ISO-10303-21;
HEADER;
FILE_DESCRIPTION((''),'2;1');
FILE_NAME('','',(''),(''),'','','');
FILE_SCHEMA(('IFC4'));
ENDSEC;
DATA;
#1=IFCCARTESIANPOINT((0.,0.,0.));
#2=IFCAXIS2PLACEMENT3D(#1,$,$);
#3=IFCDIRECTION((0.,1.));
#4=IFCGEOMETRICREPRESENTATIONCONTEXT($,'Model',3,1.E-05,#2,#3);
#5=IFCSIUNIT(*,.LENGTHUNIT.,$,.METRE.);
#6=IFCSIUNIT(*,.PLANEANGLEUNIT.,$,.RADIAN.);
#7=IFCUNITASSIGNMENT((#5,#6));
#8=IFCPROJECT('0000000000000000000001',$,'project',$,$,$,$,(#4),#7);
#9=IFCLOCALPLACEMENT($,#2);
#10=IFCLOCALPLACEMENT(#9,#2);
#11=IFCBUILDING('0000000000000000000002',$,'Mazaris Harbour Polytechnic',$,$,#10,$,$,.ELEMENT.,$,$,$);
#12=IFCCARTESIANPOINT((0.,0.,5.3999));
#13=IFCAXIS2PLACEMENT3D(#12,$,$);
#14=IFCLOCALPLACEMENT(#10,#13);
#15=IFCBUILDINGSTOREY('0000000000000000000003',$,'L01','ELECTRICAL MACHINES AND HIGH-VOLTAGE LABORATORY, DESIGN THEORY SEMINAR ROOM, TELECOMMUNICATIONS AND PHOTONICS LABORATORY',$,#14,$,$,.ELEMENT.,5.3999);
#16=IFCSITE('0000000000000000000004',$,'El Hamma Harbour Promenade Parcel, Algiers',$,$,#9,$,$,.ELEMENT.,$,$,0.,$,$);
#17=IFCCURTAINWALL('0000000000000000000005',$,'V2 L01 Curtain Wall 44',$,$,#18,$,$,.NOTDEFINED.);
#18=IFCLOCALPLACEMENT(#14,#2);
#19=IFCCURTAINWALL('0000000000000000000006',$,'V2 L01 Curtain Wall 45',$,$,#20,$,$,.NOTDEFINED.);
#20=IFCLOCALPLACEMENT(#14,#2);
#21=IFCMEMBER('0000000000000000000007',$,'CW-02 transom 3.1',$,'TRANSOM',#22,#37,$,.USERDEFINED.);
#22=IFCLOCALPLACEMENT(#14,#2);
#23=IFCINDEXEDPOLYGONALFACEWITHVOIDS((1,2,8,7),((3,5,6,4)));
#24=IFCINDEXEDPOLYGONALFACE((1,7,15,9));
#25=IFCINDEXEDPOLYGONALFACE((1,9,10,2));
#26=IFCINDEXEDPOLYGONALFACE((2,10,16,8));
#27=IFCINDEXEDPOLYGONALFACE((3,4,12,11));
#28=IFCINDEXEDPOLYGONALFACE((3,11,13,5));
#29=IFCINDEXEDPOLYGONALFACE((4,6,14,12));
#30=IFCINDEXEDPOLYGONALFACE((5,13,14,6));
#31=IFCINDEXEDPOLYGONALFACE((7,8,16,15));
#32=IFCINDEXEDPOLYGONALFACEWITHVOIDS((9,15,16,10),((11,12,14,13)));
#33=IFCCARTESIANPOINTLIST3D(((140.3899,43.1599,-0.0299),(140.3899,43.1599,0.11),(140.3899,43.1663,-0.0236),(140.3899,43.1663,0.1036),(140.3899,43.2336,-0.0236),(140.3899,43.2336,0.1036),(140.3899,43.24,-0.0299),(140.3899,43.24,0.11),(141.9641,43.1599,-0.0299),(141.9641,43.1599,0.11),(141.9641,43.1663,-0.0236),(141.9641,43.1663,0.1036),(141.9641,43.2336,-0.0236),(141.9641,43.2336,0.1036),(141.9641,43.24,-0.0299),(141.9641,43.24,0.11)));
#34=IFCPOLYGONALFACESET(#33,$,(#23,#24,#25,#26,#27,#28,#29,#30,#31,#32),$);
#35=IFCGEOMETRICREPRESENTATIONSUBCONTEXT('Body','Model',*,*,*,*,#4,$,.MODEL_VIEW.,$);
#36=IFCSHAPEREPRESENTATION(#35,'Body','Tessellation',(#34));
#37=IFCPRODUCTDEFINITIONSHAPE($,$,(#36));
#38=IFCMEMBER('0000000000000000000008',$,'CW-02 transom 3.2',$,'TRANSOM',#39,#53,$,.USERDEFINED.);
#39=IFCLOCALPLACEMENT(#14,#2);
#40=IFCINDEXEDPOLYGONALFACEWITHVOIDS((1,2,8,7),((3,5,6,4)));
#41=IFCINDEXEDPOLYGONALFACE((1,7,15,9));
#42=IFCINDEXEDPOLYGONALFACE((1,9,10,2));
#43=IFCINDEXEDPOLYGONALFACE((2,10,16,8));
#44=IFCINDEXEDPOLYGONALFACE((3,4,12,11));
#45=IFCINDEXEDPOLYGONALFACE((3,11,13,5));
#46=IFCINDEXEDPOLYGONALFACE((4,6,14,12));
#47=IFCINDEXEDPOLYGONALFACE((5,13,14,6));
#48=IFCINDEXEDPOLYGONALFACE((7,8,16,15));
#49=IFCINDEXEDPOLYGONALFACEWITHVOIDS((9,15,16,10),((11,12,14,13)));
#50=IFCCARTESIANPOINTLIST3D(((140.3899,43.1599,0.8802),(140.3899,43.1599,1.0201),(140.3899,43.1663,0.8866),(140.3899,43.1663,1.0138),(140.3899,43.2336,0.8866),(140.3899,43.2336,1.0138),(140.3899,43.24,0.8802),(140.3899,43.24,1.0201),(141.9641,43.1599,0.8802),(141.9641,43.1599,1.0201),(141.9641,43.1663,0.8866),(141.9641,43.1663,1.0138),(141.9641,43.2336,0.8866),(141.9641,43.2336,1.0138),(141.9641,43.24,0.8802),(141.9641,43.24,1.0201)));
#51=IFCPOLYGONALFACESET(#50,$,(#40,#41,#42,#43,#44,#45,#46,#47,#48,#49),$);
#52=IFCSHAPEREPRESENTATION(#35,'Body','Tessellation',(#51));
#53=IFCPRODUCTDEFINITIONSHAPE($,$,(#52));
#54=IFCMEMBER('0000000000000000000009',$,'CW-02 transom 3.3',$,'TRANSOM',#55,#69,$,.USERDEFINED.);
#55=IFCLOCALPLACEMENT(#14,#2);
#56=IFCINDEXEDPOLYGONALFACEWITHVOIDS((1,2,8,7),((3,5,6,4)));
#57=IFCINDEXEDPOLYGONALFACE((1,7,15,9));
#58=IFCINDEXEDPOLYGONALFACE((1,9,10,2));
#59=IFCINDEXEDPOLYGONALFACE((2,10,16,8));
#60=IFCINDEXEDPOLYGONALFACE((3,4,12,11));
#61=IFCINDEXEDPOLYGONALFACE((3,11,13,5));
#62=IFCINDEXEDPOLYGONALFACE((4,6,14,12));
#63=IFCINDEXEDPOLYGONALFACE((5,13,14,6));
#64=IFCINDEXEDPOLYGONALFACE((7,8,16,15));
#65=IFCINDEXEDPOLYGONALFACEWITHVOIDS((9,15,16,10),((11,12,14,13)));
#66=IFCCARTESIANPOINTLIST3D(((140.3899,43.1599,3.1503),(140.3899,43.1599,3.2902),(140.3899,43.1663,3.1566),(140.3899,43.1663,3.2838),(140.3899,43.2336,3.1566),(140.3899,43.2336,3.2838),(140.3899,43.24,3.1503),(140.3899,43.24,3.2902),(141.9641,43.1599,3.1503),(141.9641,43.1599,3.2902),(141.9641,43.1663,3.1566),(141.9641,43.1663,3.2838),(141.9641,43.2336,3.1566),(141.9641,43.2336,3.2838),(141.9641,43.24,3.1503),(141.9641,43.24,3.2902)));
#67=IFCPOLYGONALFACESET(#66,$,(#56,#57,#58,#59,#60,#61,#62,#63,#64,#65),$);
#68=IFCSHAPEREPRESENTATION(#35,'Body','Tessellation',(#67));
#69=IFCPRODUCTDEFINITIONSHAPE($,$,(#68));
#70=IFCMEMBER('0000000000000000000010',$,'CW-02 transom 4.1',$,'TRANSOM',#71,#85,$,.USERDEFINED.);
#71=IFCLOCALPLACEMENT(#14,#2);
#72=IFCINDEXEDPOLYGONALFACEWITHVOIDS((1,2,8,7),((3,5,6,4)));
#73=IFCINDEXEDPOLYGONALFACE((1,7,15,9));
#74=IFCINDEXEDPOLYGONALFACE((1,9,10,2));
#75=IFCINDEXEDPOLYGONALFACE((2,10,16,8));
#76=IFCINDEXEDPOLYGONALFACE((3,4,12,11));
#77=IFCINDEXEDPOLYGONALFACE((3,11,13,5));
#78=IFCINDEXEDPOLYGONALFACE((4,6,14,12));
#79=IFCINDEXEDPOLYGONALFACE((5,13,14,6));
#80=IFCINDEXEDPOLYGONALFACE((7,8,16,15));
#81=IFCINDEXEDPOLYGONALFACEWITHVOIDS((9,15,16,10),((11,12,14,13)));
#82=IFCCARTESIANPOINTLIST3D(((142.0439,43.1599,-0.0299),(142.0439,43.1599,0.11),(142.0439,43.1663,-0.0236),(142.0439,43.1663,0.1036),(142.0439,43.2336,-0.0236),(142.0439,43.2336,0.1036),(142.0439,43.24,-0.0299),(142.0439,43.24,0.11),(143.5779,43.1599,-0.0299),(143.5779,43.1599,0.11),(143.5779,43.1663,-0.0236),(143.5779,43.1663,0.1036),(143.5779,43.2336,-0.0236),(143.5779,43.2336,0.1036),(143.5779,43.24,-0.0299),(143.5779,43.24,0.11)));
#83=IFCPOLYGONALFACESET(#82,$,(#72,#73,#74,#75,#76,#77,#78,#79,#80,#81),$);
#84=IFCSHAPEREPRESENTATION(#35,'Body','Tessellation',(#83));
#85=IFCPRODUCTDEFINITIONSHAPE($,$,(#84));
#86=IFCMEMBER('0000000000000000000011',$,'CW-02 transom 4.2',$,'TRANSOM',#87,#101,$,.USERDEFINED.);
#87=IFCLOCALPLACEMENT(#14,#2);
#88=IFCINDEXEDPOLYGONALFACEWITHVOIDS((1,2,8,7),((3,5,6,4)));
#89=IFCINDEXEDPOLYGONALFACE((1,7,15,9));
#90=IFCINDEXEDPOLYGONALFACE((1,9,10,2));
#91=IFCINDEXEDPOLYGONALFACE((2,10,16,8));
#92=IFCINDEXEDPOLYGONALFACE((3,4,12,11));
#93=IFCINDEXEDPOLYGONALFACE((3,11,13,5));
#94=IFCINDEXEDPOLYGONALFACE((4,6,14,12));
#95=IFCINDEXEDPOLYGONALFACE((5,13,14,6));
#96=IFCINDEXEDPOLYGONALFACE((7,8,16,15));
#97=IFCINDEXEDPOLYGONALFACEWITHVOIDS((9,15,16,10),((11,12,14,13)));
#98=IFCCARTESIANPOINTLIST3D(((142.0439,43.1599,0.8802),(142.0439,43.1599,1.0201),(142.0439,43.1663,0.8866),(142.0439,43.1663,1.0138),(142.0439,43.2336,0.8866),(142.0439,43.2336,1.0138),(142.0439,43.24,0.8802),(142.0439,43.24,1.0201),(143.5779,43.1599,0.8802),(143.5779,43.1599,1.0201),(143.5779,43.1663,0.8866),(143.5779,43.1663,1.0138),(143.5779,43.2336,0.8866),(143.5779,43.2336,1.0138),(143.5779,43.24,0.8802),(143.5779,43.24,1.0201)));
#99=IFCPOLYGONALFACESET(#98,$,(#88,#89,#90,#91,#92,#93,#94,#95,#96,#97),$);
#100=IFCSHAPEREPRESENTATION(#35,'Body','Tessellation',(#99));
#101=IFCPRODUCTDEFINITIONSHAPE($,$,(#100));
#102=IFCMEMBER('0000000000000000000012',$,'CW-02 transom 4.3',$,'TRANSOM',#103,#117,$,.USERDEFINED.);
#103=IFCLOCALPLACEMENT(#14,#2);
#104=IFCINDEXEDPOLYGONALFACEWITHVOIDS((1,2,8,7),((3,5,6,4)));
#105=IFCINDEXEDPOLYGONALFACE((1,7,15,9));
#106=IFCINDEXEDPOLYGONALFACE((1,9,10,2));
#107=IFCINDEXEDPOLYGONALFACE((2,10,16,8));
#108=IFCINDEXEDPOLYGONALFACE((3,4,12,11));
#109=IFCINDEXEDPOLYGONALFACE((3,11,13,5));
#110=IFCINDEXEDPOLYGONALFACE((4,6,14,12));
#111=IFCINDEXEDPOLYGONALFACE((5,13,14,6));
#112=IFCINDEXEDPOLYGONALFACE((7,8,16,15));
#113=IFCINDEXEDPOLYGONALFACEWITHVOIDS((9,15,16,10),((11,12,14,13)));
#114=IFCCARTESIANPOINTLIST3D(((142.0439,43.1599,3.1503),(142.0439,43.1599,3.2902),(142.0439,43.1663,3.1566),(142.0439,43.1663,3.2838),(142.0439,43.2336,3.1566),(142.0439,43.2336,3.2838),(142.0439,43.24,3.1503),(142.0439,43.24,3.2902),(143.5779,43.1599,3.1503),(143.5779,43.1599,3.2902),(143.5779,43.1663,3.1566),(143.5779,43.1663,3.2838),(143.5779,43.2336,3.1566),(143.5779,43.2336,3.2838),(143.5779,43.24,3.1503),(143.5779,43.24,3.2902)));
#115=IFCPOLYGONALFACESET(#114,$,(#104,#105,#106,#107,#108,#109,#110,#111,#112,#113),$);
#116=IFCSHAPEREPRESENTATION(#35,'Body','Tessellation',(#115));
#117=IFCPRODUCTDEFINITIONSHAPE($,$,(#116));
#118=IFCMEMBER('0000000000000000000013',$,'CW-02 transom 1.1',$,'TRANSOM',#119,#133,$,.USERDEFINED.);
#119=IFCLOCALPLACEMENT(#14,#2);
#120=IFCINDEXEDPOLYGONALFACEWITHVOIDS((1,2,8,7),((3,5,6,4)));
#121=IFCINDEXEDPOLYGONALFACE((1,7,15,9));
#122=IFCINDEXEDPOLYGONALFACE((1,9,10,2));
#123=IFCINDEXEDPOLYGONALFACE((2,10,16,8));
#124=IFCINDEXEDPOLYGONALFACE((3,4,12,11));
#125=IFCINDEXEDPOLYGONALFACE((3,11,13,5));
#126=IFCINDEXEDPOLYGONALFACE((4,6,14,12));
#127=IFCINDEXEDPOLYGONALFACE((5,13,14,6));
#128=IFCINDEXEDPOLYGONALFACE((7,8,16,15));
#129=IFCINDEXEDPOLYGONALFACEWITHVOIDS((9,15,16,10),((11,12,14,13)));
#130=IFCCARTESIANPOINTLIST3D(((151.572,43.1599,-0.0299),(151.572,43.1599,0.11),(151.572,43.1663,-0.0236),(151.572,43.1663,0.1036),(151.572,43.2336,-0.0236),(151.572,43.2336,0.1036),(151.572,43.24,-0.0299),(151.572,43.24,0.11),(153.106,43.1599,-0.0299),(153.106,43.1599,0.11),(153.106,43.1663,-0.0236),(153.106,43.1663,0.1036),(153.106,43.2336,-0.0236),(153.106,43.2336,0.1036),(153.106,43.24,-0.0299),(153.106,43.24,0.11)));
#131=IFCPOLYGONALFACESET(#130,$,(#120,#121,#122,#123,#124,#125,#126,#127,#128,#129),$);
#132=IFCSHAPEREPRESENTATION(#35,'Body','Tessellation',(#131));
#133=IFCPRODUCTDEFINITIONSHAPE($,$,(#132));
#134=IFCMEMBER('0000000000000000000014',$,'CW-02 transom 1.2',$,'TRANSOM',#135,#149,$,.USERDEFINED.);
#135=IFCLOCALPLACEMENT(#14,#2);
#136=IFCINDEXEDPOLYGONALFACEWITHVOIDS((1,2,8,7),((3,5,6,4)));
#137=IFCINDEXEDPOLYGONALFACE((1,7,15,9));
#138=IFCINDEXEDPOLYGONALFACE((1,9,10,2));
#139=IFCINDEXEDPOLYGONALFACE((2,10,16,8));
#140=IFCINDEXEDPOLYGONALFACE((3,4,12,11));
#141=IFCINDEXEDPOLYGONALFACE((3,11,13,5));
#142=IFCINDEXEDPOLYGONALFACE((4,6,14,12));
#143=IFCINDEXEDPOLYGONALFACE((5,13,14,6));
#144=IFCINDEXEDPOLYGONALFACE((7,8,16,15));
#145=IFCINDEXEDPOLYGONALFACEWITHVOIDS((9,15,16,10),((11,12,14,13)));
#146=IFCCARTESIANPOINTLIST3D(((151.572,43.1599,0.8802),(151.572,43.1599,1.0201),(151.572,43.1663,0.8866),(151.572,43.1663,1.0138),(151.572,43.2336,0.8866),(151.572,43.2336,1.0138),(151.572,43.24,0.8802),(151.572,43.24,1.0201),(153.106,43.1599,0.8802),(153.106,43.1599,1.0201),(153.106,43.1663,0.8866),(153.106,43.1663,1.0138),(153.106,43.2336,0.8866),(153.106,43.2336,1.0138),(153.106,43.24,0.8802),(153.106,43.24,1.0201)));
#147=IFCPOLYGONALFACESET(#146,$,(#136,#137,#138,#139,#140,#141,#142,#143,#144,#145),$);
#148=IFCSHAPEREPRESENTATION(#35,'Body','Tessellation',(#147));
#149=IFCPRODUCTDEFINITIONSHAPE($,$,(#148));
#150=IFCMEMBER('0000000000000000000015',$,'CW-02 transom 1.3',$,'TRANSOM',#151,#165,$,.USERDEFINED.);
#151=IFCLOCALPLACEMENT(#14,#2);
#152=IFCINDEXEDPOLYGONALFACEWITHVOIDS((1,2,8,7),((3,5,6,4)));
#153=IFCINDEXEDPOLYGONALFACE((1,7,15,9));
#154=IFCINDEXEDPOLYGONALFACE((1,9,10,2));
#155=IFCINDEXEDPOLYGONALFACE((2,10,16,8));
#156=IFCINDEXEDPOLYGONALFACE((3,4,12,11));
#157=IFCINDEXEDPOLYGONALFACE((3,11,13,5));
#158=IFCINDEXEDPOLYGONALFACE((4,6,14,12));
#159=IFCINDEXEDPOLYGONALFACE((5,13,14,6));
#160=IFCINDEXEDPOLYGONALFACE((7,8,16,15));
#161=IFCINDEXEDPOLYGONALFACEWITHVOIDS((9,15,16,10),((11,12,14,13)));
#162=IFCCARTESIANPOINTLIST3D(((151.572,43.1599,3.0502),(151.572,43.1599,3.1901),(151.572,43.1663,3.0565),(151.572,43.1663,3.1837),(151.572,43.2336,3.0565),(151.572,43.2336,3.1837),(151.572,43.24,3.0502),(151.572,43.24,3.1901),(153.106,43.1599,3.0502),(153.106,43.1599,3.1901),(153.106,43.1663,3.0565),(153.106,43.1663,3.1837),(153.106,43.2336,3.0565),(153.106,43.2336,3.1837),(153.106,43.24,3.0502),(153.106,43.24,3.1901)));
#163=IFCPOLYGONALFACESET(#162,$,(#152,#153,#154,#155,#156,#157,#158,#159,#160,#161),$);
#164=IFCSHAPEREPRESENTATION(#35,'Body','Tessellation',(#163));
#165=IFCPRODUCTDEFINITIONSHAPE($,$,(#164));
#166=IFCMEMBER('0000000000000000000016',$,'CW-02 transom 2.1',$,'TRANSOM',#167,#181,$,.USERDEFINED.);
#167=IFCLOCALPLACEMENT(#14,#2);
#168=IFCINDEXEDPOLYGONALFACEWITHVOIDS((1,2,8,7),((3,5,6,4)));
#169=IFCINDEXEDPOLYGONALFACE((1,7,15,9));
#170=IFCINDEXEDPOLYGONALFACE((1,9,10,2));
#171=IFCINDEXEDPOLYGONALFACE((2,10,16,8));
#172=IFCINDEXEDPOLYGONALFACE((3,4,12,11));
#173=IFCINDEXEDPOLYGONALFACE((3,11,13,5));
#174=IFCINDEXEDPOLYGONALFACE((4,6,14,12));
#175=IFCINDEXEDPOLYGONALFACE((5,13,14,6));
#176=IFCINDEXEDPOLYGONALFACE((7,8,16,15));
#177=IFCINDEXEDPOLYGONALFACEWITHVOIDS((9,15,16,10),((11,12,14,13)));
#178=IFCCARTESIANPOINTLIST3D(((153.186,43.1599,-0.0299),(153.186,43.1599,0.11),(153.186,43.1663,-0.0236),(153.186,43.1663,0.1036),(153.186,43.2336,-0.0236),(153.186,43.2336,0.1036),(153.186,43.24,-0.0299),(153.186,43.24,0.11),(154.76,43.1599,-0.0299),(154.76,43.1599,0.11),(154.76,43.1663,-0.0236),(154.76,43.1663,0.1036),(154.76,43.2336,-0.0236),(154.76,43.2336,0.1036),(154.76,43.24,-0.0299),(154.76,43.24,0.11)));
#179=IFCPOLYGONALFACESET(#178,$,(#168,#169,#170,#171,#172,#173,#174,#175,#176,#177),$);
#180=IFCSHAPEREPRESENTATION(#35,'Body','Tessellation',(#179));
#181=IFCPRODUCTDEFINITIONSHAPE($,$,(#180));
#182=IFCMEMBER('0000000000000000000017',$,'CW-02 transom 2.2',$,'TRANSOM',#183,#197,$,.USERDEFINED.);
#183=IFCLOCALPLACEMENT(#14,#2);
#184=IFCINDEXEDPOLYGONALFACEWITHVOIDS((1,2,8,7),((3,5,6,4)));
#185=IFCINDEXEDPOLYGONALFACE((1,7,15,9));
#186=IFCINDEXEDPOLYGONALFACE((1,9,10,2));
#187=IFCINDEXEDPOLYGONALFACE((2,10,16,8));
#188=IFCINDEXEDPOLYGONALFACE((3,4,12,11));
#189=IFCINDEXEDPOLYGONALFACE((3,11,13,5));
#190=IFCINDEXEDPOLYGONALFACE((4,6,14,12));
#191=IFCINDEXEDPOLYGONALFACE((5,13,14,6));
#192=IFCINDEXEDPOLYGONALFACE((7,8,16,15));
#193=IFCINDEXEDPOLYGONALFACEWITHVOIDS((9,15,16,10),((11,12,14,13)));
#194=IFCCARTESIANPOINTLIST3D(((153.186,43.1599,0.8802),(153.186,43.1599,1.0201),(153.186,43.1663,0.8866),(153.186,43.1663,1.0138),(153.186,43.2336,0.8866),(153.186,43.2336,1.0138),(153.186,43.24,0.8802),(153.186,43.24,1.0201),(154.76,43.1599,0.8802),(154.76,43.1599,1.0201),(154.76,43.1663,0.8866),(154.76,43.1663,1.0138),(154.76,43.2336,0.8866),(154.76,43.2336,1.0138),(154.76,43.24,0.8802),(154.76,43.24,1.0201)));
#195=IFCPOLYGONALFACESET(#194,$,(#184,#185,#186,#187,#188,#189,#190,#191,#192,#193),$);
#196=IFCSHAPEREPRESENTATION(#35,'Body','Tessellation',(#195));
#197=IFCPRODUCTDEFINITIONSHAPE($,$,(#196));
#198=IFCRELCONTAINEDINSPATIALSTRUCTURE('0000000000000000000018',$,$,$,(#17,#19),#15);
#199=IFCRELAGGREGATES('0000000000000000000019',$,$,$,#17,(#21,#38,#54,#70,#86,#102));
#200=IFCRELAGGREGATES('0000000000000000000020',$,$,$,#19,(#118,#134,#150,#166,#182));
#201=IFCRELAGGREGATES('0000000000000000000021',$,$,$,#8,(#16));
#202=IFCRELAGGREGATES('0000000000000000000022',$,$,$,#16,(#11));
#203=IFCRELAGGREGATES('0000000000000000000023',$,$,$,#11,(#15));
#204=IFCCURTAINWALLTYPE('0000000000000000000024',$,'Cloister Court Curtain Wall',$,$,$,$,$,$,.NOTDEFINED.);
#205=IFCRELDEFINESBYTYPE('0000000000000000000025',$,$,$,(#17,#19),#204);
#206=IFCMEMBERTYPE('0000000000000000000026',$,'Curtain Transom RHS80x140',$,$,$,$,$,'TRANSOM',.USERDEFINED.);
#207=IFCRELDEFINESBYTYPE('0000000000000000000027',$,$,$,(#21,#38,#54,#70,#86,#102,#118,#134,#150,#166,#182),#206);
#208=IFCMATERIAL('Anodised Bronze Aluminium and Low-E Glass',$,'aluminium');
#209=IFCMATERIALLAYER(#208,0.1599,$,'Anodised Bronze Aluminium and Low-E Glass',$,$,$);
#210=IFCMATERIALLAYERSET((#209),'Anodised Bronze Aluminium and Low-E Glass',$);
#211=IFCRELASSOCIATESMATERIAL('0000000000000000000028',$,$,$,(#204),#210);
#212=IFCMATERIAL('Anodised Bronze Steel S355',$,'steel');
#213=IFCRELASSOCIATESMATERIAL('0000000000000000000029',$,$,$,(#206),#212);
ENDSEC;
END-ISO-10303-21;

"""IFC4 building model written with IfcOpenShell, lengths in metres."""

from ifc_helpers import new_model, si_unit, direction, frame, origin, origin_2d, place, context, subcontext, project, spatial, hollow_rectangle, extrude, material, layer, layer_set, material_profile, profile_set, type_object, element, aggregate, save


model = new_model("IFC4")

# Units and contexts
model_context = context("Model", 3, precision=1e-05, world=origin(), true_north=direction((0.0, 1.0)))
body_context = subcontext(model_context, "Body", "Model", "MODEL_VIEW")
ifc_project = project(units=[si_unit("LENGTHUNIT", "METRE"), si_unit("PLANEANGLEUNIT", "RADIAN")], contexts=[model_context])

# Site, building, storey
site_placement = place(None, origin())
site = spatial("IfcSite", under=ifc_project, at=site_placement, Name="El Hamma Harbour Promenade Parcel, Algiers", CompositionType="ELEMENT", RefElevation=0.0)
building_placement = place(site_placement, origin())
building = spatial("IfcBuilding", under=site, at=building_placement, Name="Mazaris Harbour Polytechnic", CompositionType="ELEMENT")
storey_placement = place(building_placement, frame((0.0, 0.0, 5.3999)))
storey = spatial("IfcBuildingStorey", under=building, at=storey_placement, Name="L01", Description="ELECTRICAL MACHINES AND HIGH-VOLTAGE LABORATORY, DESIGN THEORY SEMINAR ROOM, TELECOMMUNICATIONS AND PHOTONICS LABORATORY", CompositionType="ELEMENT", Elevation=5.3999)

# Curtain walls
ifc_material_1 = material(Name="Anodised Bronze Aluminium and Low-E Glass", Category="aluminium")
ifc_layer_1 = layer(ifc_material_1, 0.1599, Name="Anodised Bronze Aluminium and Low-E Glass")
ifc_layer_set_1 = layer_set([ifc_layer_1], Name="Anodised Bronze Aluminium and Low-E Glass")
curtain_wall_type = type_object("IfcCurtainWallType", Name="Cloister Court Curtain Wall", PredefinedType="NOTDEFINED", material=ifc_layer_set_1)
curtain_wall_1_placement = place(storey_placement, origin())
curtain_wall_1 = element("IfcCurtainWall", 1, at=curtain_wall_1_placement, inside=storey, type_object=curtain_wall_type, Name="V2 L01 Curtain Wall 44", PredefinedType="NOTDEFINED")
curtain_wall_2_placement = place(storey_placement, origin())
curtain_wall_2 = element("IfcCurtainWall", 2, at=curtain_wall_2_placement, inside=storey, type_object=curtain_wall_type, Name="V2 L01 Curtain Wall 45", PredefinedType="NOTDEFINED")

# Members
ifc_material_2 = material(Name="Anodised Bronze Steel S355", Category="steel")
ifc_material_profile_1 = material_profile(ifc_material_2, hollow_rectangle(XDim=0.0801, YDim=0.1399, WallThickness=0.0063, at=origin_2d()), Name="RHS 80x140x6.3")
ifc_profile_set_1 = profile_set([ifc_material_profile_1], Name="Anodised Bronze Steel S355")
member_type_1 = type_object("IfcMemberType", Name="Curtain Transom RHS80x140", ElementType="TRANSOM", PredefinedType="USERDEFINED", material=ifc_profile_set_1)
member_1_placement = place(storey_placement, frame((140.3899, 43.2, 0.04), z_axis=(1.0, 0.0, 0.0), x_axis=(0.0, 1.0, 0.0)))
member_1 = element("IfcMember", 3, at=member_1_placement, type_object=member_type_1, Name="CW-02 transom 3.1", ObjectType="TRANSOM", PredefinedType="USERDEFINED", context=body_context, shape_type="SweptSolid", body=[
    extrude(hollow_rectangle(XDim=0.0801, YDim=0.1399, WallThickness=0.0063, at=origin_2d()), origin(), (0.0, 0.0, 1.0), 1.5742),
])
member_2_placement = place(storey_placement, frame((140.3899, 43.2, 0.9502), z_axis=(1.0, 0.0, 0.0), x_axis=(0.0, 1.0, 0.0)))
member_2 = element("IfcMember", 4, at=member_2_placement, type_object=member_type_1, Name="CW-02 transom 3.2", ObjectType="TRANSOM", PredefinedType="USERDEFINED", context=body_context, shape_type="SweptSolid", body=[
    extrude(hollow_rectangle(XDim=0.0801, YDim=0.1399, WallThickness=0.0063, at=origin_2d()), origin(), (0.0, 0.0, 1.0), 1.5742),
])
member_3_placement = place(storey_placement, frame((140.3899, 43.2, 3.2202), z_axis=(1.0, 0.0, 0.0), x_axis=(0.0, 1.0, 0.0)))
member_3 = element("IfcMember", 5, at=member_3_placement, type_object=member_type_1, Name="CW-02 transom 3.3", ObjectType="TRANSOM", PredefinedType="USERDEFINED", context=body_context, shape_type="SweptSolid", body=[
    extrude(hollow_rectangle(XDim=0.0801, YDim=0.1399, WallThickness=0.0063, at=origin_2d()), origin(), (0.0, 0.0, 1.0), 1.5742),
])
member_4_placement = place(storey_placement, frame((142.0439, 43.2, 0.04), z_axis=(1.0, 0.0, 0.0), x_axis=(0.0, 1.0, 0.0)))
member_4 = element("IfcMember", 6, at=member_4_placement, type_object=member_type_1, Name="CW-02 transom 4.1", ObjectType="TRANSOM", PredefinedType="USERDEFINED", context=body_context, shape_type="SweptSolid", body=[
    extrude(hollow_rectangle(XDim=0.0801, YDim=0.1399, WallThickness=0.0063, at=origin_2d()), origin(), (0.0, 0.0, 1.0), 1.5339),
])
member_5_placement = place(storey_placement, frame((142.0439, 43.2, 0.9502), z_axis=(1.0, 0.0, 0.0), x_axis=(0.0, 1.0, 0.0)))
member_5 = element("IfcMember", 7, at=member_5_placement, type_object=member_type_1, Name="CW-02 transom 4.2", ObjectType="TRANSOM", PredefinedType="USERDEFINED", context=body_context, shape_type="SweptSolid", body=[
    extrude(hollow_rectangle(XDim=0.0801, YDim=0.1399, WallThickness=0.0063, at=origin_2d()), origin(), (0.0, 0.0, 1.0), 1.5339),
])
member_6_placement = place(storey_placement, frame((142.0439, 43.2, 3.2202), z_axis=(1.0, 0.0, 0.0), x_axis=(0.0, 1.0, 0.0)))
member_6 = element("IfcMember", 8, at=member_6_placement, type_object=member_type_1, Name="CW-02 transom 4.3", ObjectType="TRANSOM", PredefinedType="USERDEFINED", context=body_context, shape_type="SweptSolid", body=[
    extrude(hollow_rectangle(XDim=0.0801, YDim=0.1399, WallThickness=0.0063, at=origin_2d()), origin(), (0.0, 0.0, 1.0), 1.5339),
])
member_7_placement = place(storey_placement, frame((151.572, 43.2, 0.04), z_axis=(1.0, 0.0, 0.0), x_axis=(0.0, 1.0, 0.0)))
member_7 = element("IfcMember", 9, at=member_7_placement, type_object=member_type_1, Name="CW-02 transom 1.1", ObjectType="TRANSOM", PredefinedType="USERDEFINED", context=body_context, shape_type="SweptSolid", body=[
    extrude(hollow_rectangle(XDim=0.0801, YDim=0.1399, WallThickness=0.0063, at=origin_2d()), origin(), (0.0, 0.0, 1.0), 1.5339),
])
member_8_placement = place(storey_placement, frame((151.572, 43.2, 0.9502), z_axis=(1.0, 0.0, 0.0), x_axis=(0.0, 1.0, 0.0)))
member_8 = element("IfcMember", 10, at=member_8_placement, type_object=member_type_1, Name="CW-02 transom 1.2", ObjectType="TRANSOM", PredefinedType="USERDEFINED", context=body_context, shape_type="SweptSolid", body=[
    extrude(hollow_rectangle(XDim=0.0801, YDim=0.1399, WallThickness=0.0063, at=origin_2d()), origin(), (0.0, 0.0, 1.0), 1.5339),
])
member_9_placement = place(storey_placement, frame((151.572, 43.2, 3.1201), z_axis=(1.0, 0.0, 0.0), x_axis=(0.0, 1.0, 0.0)))
member_9 = element("IfcMember", 11, at=member_9_placement, type_object=member_type_1, Name="CW-02 transom 1.3", ObjectType="TRANSOM", PredefinedType="USERDEFINED", context=body_context, shape_type="SweptSolid", body=[
    extrude(hollow_rectangle(XDim=0.0801, YDim=0.1399, WallThickness=0.0063, at=origin_2d()), origin(), (0.0, 0.0, 1.0), 1.5339),
])
member_10_placement = place(storey_placement, frame((153.186, 43.2, 0.04), z_axis=(1.0, 0.0, 0.0), x_axis=(0.0, 1.0, 0.0)))
member_10 = element("IfcMember", 12, at=member_10_placement, type_object=member_type_1, Name="CW-02 transom 2.1", ObjectType="TRANSOM", PredefinedType="USERDEFINED", context=body_context, shape_type="SweptSolid", body=[
    extrude(hollow_rectangle(XDim=0.0801, YDim=0.1399, WallThickness=0.0063, at=origin_2d()), origin(), (0.0, 0.0, 1.0), 1.574),
])
member_11_placement = place(storey_placement, frame((153.186, 43.2, 0.9502), z_axis=(1.0, 0.0, 0.0), x_axis=(0.0, 1.0, 0.0)))
member_11 = element("IfcMember", 13, at=member_11_placement, type_object=member_type_1, Name="CW-02 transom 2.2", ObjectType="TRANSOM", PredefinedType="USERDEFINED", context=body_context, shape_type="SweptSolid", body=[
    extrude(hollow_rectangle(XDim=0.0801, YDim=0.1399, WallThickness=0.0063, at=origin_2d()), origin(), (0.0, 0.0, 1.0), 1.574),
])

aggregate(curtain_wall_1, [member_1, member_2, member_3, member_4, member_5, member_6])
aggregate(curtain_wall_2, [member_7, member_8, member_9, member_10, member_11])

save(model, "model.ifc")
